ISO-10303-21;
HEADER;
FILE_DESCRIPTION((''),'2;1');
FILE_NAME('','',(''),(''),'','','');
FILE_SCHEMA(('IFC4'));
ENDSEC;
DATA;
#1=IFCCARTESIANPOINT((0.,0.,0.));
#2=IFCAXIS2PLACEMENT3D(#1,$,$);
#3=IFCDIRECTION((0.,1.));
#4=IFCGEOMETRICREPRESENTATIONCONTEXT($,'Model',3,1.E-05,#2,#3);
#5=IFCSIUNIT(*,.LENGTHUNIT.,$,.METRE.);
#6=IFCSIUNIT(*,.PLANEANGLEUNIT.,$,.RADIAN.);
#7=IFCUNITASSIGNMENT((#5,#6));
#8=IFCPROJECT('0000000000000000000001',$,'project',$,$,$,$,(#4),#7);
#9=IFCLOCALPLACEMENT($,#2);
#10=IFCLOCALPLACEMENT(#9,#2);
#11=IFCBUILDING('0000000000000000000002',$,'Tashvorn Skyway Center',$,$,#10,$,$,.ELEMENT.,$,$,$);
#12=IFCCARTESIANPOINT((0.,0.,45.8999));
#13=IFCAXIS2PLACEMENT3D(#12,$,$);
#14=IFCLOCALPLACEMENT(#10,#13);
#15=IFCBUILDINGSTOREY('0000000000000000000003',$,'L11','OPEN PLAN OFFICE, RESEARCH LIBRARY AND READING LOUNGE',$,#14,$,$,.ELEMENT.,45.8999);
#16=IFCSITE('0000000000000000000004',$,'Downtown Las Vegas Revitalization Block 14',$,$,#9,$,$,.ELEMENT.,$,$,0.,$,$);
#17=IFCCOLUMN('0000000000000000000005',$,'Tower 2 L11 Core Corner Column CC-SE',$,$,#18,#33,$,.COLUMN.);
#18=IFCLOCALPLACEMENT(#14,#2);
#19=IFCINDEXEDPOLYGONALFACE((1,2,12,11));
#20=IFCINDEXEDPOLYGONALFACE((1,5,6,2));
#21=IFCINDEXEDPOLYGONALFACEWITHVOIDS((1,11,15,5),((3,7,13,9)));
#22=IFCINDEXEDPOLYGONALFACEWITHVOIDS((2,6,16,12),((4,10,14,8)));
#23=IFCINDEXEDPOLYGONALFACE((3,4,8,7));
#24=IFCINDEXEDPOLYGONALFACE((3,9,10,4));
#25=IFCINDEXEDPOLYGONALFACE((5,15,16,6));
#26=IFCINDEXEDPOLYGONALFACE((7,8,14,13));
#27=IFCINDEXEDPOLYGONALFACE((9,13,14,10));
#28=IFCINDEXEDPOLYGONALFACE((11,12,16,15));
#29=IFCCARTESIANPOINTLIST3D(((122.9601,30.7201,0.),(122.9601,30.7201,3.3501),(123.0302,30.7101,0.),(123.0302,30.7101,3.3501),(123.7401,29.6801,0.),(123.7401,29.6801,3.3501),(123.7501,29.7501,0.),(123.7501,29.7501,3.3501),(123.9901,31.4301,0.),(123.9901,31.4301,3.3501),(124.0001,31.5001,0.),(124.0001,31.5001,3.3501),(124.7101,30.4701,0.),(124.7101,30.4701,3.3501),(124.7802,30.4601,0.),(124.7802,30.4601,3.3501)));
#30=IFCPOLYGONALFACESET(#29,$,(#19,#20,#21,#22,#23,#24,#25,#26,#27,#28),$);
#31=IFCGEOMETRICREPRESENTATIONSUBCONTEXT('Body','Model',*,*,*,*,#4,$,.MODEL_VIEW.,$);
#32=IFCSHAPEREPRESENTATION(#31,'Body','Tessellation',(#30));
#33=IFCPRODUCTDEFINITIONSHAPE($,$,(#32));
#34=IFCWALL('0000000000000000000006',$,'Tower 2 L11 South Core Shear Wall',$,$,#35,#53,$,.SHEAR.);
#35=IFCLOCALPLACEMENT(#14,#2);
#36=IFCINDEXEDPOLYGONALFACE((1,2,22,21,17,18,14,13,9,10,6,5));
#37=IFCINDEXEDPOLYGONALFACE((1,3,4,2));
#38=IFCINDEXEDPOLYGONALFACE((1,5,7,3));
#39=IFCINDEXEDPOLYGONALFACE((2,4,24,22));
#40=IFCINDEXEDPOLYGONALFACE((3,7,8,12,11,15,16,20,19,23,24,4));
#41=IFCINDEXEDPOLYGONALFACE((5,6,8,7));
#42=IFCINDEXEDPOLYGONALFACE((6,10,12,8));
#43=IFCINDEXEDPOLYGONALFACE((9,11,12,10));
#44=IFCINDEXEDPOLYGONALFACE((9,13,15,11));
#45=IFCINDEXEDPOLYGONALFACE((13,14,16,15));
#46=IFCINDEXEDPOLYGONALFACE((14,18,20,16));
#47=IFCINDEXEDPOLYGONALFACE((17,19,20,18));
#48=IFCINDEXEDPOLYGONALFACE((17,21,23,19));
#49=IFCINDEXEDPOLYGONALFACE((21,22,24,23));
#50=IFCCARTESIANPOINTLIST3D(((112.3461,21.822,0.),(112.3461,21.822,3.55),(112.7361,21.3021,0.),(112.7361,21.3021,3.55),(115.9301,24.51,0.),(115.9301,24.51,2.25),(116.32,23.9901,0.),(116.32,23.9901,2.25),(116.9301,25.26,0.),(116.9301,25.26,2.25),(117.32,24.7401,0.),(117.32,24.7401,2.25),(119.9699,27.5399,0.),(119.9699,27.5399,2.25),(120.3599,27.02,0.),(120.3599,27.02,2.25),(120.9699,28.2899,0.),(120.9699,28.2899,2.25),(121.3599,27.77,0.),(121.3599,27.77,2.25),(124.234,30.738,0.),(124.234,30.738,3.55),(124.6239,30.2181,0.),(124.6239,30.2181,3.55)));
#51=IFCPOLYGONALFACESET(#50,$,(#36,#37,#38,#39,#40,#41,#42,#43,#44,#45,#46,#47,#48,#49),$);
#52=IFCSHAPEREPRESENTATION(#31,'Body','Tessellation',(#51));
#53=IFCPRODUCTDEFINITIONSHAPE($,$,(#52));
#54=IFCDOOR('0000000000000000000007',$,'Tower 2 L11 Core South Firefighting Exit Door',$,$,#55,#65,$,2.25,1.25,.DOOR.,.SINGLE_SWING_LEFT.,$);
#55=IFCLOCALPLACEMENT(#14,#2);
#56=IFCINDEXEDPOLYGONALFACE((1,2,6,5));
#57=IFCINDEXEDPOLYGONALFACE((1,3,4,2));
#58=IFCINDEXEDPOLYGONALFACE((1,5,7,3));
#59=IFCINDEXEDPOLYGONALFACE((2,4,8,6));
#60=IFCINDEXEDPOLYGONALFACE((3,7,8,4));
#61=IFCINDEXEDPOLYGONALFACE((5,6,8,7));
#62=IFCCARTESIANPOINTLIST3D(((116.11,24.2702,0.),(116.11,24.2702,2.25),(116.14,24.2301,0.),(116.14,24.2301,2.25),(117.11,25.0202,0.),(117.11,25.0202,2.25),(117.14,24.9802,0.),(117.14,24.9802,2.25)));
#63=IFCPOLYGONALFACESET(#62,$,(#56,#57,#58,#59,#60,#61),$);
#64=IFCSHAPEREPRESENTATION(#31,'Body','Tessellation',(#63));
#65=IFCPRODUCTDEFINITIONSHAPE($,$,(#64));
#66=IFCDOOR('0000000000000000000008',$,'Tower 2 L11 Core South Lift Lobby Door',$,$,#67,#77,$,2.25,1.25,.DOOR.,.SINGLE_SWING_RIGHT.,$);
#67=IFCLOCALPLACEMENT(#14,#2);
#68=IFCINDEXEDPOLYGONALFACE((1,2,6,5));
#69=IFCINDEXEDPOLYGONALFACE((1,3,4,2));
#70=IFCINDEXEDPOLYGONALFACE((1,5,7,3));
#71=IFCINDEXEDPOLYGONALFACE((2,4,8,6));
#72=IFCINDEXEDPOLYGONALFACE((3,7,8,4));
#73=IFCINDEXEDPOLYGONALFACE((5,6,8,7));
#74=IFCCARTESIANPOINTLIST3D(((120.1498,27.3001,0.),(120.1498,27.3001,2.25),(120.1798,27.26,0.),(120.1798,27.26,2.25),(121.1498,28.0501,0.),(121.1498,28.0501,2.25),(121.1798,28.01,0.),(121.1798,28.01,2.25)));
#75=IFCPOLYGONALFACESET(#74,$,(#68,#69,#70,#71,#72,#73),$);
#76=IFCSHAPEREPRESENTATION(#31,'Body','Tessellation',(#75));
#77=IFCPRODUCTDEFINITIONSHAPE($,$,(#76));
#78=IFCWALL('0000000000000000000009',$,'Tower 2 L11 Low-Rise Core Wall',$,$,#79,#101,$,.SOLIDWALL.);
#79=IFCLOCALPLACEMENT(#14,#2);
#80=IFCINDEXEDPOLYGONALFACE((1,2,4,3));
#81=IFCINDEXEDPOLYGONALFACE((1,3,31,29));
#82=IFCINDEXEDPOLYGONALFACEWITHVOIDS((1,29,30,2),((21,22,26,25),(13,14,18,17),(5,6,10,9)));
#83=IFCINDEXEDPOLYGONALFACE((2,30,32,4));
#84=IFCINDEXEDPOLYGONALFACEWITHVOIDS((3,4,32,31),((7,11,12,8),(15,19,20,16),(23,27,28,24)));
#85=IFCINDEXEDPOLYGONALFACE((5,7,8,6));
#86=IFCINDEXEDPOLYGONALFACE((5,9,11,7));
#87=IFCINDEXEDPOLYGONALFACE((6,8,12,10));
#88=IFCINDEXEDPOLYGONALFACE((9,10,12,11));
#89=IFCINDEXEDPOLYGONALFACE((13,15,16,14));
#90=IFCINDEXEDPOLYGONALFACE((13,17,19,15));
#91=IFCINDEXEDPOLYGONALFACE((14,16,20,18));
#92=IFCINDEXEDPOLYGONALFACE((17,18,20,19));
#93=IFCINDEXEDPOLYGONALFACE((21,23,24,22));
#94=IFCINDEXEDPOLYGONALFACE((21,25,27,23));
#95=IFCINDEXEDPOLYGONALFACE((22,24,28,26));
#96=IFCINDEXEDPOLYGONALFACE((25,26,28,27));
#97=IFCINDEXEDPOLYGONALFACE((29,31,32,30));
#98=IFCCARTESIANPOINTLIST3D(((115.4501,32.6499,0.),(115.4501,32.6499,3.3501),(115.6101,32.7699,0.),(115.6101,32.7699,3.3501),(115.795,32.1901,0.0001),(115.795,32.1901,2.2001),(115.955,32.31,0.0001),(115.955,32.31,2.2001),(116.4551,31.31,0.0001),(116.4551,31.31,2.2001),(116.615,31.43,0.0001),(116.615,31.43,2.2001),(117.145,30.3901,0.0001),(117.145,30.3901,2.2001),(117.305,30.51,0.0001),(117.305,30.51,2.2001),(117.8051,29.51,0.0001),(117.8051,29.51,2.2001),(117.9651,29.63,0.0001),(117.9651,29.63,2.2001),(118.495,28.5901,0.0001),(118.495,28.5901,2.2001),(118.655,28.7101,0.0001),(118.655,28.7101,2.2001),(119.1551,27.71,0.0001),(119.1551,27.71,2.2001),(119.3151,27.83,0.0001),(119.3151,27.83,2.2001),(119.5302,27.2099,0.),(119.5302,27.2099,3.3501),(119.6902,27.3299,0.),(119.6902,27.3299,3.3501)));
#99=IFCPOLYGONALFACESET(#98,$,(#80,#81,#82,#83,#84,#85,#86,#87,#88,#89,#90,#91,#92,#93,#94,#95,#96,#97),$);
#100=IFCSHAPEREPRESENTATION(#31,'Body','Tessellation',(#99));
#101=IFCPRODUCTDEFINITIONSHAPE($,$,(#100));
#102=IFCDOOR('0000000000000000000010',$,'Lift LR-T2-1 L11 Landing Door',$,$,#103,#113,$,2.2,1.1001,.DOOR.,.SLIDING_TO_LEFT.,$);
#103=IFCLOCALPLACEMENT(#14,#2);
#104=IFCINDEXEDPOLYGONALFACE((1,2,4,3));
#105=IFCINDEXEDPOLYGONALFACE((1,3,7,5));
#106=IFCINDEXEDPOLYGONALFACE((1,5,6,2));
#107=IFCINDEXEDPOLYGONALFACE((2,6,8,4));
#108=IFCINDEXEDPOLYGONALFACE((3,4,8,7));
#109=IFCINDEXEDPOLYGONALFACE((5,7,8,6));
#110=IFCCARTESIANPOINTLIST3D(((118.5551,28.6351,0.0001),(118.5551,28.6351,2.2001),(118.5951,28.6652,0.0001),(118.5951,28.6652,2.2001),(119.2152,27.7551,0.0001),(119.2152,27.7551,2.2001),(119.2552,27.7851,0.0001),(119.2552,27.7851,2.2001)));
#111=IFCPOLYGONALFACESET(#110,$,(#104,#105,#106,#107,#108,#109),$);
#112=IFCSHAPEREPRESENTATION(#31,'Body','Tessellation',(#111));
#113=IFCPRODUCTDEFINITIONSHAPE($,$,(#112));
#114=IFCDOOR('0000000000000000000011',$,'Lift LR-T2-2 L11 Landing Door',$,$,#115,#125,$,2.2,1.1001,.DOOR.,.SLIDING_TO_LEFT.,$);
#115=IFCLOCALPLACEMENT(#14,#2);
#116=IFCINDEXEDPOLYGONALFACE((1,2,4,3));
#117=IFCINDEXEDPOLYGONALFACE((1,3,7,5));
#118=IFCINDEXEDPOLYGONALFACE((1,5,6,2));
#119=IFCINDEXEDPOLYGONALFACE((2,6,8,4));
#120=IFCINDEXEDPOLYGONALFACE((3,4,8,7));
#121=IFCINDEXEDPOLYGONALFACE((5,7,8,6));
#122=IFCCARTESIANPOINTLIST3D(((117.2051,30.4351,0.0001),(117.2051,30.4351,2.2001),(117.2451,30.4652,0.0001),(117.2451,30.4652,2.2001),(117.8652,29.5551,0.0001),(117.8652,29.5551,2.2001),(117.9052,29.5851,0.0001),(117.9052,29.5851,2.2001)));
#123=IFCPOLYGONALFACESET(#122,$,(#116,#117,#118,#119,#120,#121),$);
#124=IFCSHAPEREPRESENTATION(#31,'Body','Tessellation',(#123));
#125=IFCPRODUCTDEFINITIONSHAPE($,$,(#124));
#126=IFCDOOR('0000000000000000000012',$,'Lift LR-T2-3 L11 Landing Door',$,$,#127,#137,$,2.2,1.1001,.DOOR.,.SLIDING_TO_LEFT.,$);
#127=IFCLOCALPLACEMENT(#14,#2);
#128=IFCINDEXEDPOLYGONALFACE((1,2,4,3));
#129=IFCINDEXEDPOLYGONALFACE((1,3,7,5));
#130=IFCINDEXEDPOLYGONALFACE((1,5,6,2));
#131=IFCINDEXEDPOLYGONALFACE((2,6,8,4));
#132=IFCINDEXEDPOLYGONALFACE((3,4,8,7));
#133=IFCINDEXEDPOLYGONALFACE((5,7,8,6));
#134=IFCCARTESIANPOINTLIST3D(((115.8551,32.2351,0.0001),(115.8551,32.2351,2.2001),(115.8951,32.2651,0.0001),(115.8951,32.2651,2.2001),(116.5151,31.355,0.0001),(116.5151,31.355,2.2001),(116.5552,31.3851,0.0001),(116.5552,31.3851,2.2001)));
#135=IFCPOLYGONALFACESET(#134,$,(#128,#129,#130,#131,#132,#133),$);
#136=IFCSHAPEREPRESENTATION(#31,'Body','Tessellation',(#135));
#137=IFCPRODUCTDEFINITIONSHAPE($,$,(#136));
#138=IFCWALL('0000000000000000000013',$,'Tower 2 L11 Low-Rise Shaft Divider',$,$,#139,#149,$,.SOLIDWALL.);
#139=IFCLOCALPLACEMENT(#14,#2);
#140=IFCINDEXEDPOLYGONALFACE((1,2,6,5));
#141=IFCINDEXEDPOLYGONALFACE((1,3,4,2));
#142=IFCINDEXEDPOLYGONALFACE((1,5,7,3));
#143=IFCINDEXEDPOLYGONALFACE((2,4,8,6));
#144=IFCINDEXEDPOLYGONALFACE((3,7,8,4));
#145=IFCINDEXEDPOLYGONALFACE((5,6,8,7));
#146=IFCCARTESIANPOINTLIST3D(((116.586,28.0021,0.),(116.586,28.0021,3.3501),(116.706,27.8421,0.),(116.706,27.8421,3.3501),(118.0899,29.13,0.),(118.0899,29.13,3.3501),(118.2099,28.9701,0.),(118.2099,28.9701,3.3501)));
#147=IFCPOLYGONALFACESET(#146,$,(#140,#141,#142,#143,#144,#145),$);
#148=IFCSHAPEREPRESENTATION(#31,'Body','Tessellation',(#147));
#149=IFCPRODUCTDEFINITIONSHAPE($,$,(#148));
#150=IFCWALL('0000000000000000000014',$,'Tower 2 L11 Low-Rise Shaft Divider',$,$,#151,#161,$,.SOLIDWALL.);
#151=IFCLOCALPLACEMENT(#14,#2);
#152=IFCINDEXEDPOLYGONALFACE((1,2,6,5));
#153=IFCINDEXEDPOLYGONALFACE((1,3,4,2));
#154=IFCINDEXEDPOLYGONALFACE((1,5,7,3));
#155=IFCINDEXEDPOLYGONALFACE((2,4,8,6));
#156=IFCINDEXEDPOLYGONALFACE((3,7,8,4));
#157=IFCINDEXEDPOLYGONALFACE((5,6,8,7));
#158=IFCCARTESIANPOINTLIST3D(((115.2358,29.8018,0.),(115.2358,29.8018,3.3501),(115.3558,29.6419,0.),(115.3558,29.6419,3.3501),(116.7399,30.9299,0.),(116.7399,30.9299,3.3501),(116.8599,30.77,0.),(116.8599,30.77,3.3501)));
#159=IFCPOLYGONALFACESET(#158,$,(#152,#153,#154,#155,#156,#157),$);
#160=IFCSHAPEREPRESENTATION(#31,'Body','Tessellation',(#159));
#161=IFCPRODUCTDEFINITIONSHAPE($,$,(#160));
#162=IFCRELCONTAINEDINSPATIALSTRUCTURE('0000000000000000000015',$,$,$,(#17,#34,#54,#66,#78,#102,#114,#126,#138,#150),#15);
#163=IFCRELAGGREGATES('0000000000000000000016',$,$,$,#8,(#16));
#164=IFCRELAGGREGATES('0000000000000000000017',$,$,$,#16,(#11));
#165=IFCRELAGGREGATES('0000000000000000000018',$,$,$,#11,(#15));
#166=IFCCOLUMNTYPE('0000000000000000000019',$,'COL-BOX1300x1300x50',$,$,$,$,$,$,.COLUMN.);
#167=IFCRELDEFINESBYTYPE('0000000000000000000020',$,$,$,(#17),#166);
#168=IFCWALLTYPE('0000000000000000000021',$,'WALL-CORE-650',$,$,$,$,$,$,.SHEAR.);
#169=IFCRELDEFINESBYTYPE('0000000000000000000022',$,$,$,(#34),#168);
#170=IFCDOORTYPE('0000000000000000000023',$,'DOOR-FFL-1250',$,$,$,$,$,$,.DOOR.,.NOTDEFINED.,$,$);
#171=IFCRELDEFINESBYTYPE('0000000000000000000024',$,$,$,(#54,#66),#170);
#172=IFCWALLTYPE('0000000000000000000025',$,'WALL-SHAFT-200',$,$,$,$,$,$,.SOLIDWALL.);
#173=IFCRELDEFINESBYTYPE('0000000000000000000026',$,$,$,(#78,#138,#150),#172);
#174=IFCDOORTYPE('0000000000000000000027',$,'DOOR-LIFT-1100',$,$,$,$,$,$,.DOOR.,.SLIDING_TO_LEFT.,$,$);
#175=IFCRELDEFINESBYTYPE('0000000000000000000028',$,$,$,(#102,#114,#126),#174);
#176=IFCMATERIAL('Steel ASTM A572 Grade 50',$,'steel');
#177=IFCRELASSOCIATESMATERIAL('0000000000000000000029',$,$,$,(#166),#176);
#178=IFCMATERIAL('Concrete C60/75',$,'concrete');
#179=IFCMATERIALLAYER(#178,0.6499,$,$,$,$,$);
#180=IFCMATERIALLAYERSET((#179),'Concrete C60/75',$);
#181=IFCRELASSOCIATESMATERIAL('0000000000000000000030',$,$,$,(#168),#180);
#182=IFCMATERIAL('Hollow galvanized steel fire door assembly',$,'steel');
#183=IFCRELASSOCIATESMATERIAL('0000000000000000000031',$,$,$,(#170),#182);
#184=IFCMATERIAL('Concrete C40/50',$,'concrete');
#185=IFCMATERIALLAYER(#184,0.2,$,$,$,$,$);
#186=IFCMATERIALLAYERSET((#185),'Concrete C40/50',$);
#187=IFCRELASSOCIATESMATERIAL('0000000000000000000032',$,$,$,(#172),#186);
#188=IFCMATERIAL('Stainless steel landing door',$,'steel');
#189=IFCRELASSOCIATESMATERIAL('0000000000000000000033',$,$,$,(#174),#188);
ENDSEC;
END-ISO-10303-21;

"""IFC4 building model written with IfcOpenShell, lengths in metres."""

from ifc_helpers import new_model, si_unit, direction, frame, frame_2d, origin, origin_2d, place, context, subcontext, project, spatial, rectangle, hollow_rectangle, extrude, material, layer, layer_set, material_profile, profile_set, type_object, element, fill, save


model = new_model("IFC4")

# Units and contexts
model_context = context("Model", 3, precision=1e-05, world=origin(), true_north=direction((0.0, 1.0)))
body_context = subcontext(model_context, "Body", "Model", "MODEL_VIEW")
ifc_project = project(units=[si_unit("LENGTHUNIT", "METRE"), si_unit("PLANEANGLEUNIT", "RADIAN")], contexts=[model_context])

# Site, building, storey
site_placement = place(None, origin())
site = spatial("IfcSite", under=ifc_project, at=site_placement, Name="Downtown Las Vegas Revitalization Block 14", CompositionType="ELEMENT", RefElevation=0.0)
building_placement = place(site_placement, origin())
building = spatial("IfcBuilding", under=site, at=building_placement, Name="Tashvorn Skyway Center", CompositionType="ELEMENT")
storey_placement = place(building_placement, frame((0.0, 0.0, 45.8999)))
storey = spatial("IfcBuildingStorey", under=building, at=storey_placement, Name="L11", Description="OPEN PLAN OFFICE, RESEARCH LIBRARY AND READING LOUNGE", CompositionType="ELEMENT", Elevation=45.8999)

# Column
ifc_material_1 = material(Name="Steel ASTM A572 Grade 50", Category="steel")
ifc_material_profile = material_profile(ifc_material_1, hollow_rectangle(XDim=1.3, YDim=1.3, WallThickness=0.05, at=origin_2d()), Name="BOX1300x1300x50")
ifc_profile_set = profile_set([ifc_material_profile], Name="Steel ASTM A572 Grade 50")
column_type = type_object("IfcColumnType", Name="COL-BOX1300x1300x50", PredefinedType="COLUMN", material=ifc_profile_set)
column_placement = place(storey_placement, frame((123.8701, 30.5901, 0.0), z_axis=(0.0, 0.0, 1.0), x_axis=(0.8, 0.6, 0.0)))
element("IfcColumn", 1, at=column_placement, inside=storey, type_object=column_type, Name="Tower 2 L11 Core Corner Column CC-SE", PredefinedType="COLUMN", context=body_context, shape_type="SweptSolid", body=[
    extrude(hollow_rectangle(XDim=1.3, YDim=1.3, WallThickness=0.05, at=origin_2d()), origin(), (0.0, 0.0, 1.0), 3.3501),
])

# Walls, openings, doors
ifc_material_2 = material(Name="Concrete C60/75", Category="concrete")
ifc_layer_1 = layer(ifc_material_2, 0.6499)
ifc_layer_set_1 = layer_set([ifc_layer_1], Name="Concrete C60/75")
wall_type_1 = type_object("IfcWallType", Name="WALL-CORE-650", PredefinedType="SHEAR", material=ifc_layer_set_1)
wall_1_placement = place(storey_placement, frame((124.429, 30.478, 0.0), z_axis=(0.0, 0.0, 1.0), x_axis=(-0.799998, -0.600003, 0.0)))
wall_1 = element("IfcWall", 2, at=wall_1_placement, inside=storey, type_object=wall_type_1, Name="Tower 2 L11 South Core Shear Wall", PredefinedType="SHEAR", context=body_context, shape_type="SweptSolid", body=[
    extrude(rectangle(XDim=14.8599, YDim=0.6499, at=frame_2d((7.4299, 0.0))), origin(), (0.0, 0.0, 1.0), 3.55),
])
opening_1_placement = place(wall_1_placement, frame((9.1299, 0.0, 0.0)))
opening_1 = element("IfcOpeningElement", 3, at=opening_1_placement, cuts=wall_1, PredefinedType="OPENING", context=body_context, shape_type="SweptSolid", body=[
    extrude(rectangle(XDim=1.25, YDim=2.25, at=frame_2d((0.625, 1.125))), frame((0.0, 0.335, 0.0), z_axis=(0.0, -1.0, 0.0), x_axis=(1.0, 0.0, 0.0)), (0.0, 0.0, 1.0), 0.6699),
])
opening_2_placement = place(wall_1_placement, frame((4.0801, 0.0, 0.0)))
opening_2 = element("IfcOpeningElement", 4, at=opening_2_placement, cuts=wall_1, PredefinedType="OPENING", context=body_context, shape_type="SweptSolid", body=[
    extrude(rectangle(XDim=1.25, YDim=2.25, at=frame_2d((0.625, 1.125))), frame((0.0, 0.335, 0.0), z_axis=(0.0, -1.0, 0.0), x_axis=(1.0, 0.0, 0.0)), (0.0, 0.0, 1.0), 0.6699),
])
ifc_material_3 = material(Name="Hollow galvanized steel fire door assembly", Category="steel")
door_type_1 = type_object("IfcDoorType", Name="DOOR-FFL-1250", OperationType="NOTDEFINED", PredefinedType="DOOR", material=ifc_material_3)
door_1_placement = place(opening_1_placement, origin())
door_1 = element("IfcDoor", 5, at=door_1_placement, inside=storey, type_object=door_type_1, Name="Tower 2 L11 Core South Firefighting Exit Door", OperationType="SINGLE_SWING_LEFT", OverallHeight=2.25, OverallWidth=1.25, PredefinedType="DOOR", context=body_context, shape_type="SweptSolid", body=[
    extrude(rectangle(XDim=1.25, YDim=2.25, at=frame_2d((0.625, 1.125))), frame((0.0, 0.0249, 0.0), z_axis=(0.0, -1.0, 0.0), x_axis=(1.0, 0.0, 0.0)), (0.0, 0.0, 1.0), 0.05),
])
fill(opening_1, door_1)
door_2_placement = place(opening_2_placement, origin())
door_2 = element("IfcDoor", 6, at=door_2_placement, inside=storey, type_object=door_type_1, Name="Tower 2 L11 Core South Lift Lobby Door", OperationType="SINGLE_SWING_RIGHT", OverallHeight=2.25, OverallWidth=1.25, PredefinedType="DOOR", context=body_context, shape_type="SweptSolid", body=[
    extrude(rectangle(XDim=1.25, YDim=2.25, at=frame_2d((0.625, 1.125))), frame((0.0, 0.0249, 0.0), z_axis=(0.0, -1.0, 0.0), x_axis=(1.0, 0.0, 0.0)), (0.0, 0.0, 1.0), 0.05),
])
fill(opening_2, door_2)
ifc_material_4 = material(Name="Concrete C40/50", Category="concrete")
ifc_layer_2 = layer(ifc_material_4, 0.2)
ifc_layer_set_2 = layer_set([ifc_layer_2], Name="Concrete C40/50")
wall_type_2 = type_object("IfcWallType", Name="WALL-SHAFT-200", PredefinedType="SOLIDWALL", material=ifc_layer_set_2)
wall_2_placement = place(storey_placement, frame((119.6101, 27.27, 0.0), z_axis=(0.0, 0.0, 1.0), x_axis=(-0.600011, 0.799991, 0.0)))
wall_2 = element("IfcWall", 7, at=wall_2_placement, inside=storey, type_object=wall_type_2, Name="Tower 2 L11 Low-Rise Core Wall", PredefinedType="SOLIDWALL", context=body_context, shape_type="SweptSolid", body=[
    extrude(rectangle(XDim=6.8, YDim=0.2, at=frame_2d((3.3999, 0.0))), origin(), (0.0, 0.0, 1.0), 3.3501),
])
opening_3_placement = place(wall_2_placement, frame((0.625, 0.0, 0.0)))
opening_3 = element("IfcOpeningElement", 8, at=opening_3_placement, cuts=wall_2, PredefinedType="OPENING", context=body_context, shape_type="SweptSolid", body=[
    extrude(rectangle(XDim=1.1001, YDim=2.2, at=frame_2d((0.55, 1.1001))), frame((0.0, 0.1099, 0.0), z_axis=(0.0, -1.0, 0.0), x_axis=(1.0, 0.0, 0.0)), (0.0, 0.0, 1.0), 0.22),
])
opening_4_placement = place(wall_2_placement, frame((2.875, 0.0, 0.0)))
opening_4 = element("IfcOpeningElement", 9, at=opening_4_placement, cuts=wall_2, PredefinedType="OPENING", context=body_context, shape_type="SweptSolid", body=[
    extrude(rectangle(XDim=1.1001, YDim=2.2, at=frame_2d((0.55, 1.1001))), frame((0.0, 0.1099, 0.0), z_axis=(0.0, -1.0, 0.0), x_axis=(1.0, 0.0, 0.0)), (0.0, 0.0, 1.0), 0.22),
])
opening_5_placement = place(wall_2_placement, frame((5.125, 0.0, 0.0)))
opening_5 = element("IfcOpeningElement", 10, at=opening_5_placement, cuts=wall_2, PredefinedType="OPENING", context=body_context, shape_type="SweptSolid", body=[
    extrude(rectangle(XDim=1.1001, YDim=2.2, at=frame_2d((0.55, 1.1001))), frame((0.0, 0.1099, 0.0), z_axis=(0.0, -1.0, 0.0), x_axis=(1.0, 0.0, 0.0)), (0.0, 0.0, 1.0), 0.22),
])
ifc_material_5 = material(Name="Stainless steel landing door", Category="steel")
door_type_2 = type_object("IfcDoorType", Name="DOOR-LIFT-1100", OperationType="SLIDING_TO_LEFT", PredefinedType="DOOR", material=ifc_material_5)
door_3_placement = place(opening_3_placement, origin())
door_3 = element("IfcDoor", 11, at=door_3_placement, inside=storey, type_object=door_type_2, Name="Lift LR-T2-1 L11 Landing Door", OperationType="SLIDING_TO_LEFT", OverallHeight=2.2, OverallWidth=1.1001, PredefinedType="DOOR", context=body_context, shape_type="SweptSolid", body=[
    extrude(rectangle(XDim=1.1001, YDim=2.2, at=frame_2d((0.55, 1.1001))), frame((0.0, 0.0249, 0.0), z_axis=(0.0, -1.0, 0.0), x_axis=(1.0, 0.0, 0.0)), (0.0, 0.0, 1.0), 0.05),
])
fill(opening_3, door_3)
door_4_placement = place(opening_4_placement, origin())
door_4 = element("IfcDoor", 12, at=door_4_placement, inside=storey, type_object=door_type_2, Name="Lift LR-T2-2 L11 Landing Door", OperationType="SLIDING_TO_LEFT", OverallHeight=2.2, OverallWidth=1.1001, PredefinedType="DOOR", context=body_context, shape_type="SweptSolid", body=[
    extrude(rectangle(XDim=1.1001, YDim=2.2, at=frame_2d((0.55, 1.1001))), frame((0.0, 0.0249, 0.0), z_axis=(0.0, -1.0, 0.0), x_axis=(1.0, 0.0, 0.0)), (0.0, 0.0, 1.0), 0.05),
])
fill(opening_4, door_4)
door_5_placement = place(opening_5_placement, origin())
door_5 = element("IfcDoor", 13, at=door_5_placement, inside=storey, type_object=door_type_2, Name="Lift LR-T2-3 L11 Landing Door", OperationType="SLIDING_TO_LEFT", OverallHeight=2.2, OverallWidth=1.1001, PredefinedType="DOOR", context=body_context, shape_type="SweptSolid", body=[
    extrude(rectangle(XDim=1.1001, YDim=2.2, at=frame_2d((0.55, 1.1001))), frame((0.0, 0.0249, 0.0), z_axis=(0.0, -1.0, 0.0), x_axis=(1.0, 0.0, 0.0)), (0.0, 0.0, 1.0), 0.05),
])
fill(opening_5, door_5)

# Walls
wall_3_placement = place(storey_placement, frame((116.646, 27.9221, 0.0), z_axis=(0.0, 0.0, 1.0), x_axis=(0.8, 0.6, 0.0)))
element("IfcWall", 14, at=wall_3_placement, inside=storey, type_object=wall_type_2, Name="Tower 2 L11 Low-Rise Shaft Divider", PredefinedType="SOLIDWALL", context=body_context, shape_type="SweptSolid", body=[
    extrude(rectangle(XDim=1.8799, YDim=0.2, at=frame_2d((0.9399, 0.0))), origin(), (0.0, 0.0, 1.0), 3.3501),
])
wall_4_placement = place(storey_placement, frame((115.2959, 29.7219, 0.0), z_axis=(0.0, 0.0, 1.0), x_axis=(0.799984, 0.600021, 0.0)))
element("IfcWall", 15, at=wall_4_placement, inside=storey, type_object=wall_type_2, Name="Tower 2 L11 Low-Rise Shaft Divider", PredefinedType="SOLIDWALL", context=body_context, shape_type="SweptSolid", body=[
    extrude(rectangle(XDim=1.8801, YDim=0.2, at=frame_2d((0.9399, 0.0))), origin(), (0.0, 0.0, 1.0), 3.3501),
])

save(model, "model.ifc")
